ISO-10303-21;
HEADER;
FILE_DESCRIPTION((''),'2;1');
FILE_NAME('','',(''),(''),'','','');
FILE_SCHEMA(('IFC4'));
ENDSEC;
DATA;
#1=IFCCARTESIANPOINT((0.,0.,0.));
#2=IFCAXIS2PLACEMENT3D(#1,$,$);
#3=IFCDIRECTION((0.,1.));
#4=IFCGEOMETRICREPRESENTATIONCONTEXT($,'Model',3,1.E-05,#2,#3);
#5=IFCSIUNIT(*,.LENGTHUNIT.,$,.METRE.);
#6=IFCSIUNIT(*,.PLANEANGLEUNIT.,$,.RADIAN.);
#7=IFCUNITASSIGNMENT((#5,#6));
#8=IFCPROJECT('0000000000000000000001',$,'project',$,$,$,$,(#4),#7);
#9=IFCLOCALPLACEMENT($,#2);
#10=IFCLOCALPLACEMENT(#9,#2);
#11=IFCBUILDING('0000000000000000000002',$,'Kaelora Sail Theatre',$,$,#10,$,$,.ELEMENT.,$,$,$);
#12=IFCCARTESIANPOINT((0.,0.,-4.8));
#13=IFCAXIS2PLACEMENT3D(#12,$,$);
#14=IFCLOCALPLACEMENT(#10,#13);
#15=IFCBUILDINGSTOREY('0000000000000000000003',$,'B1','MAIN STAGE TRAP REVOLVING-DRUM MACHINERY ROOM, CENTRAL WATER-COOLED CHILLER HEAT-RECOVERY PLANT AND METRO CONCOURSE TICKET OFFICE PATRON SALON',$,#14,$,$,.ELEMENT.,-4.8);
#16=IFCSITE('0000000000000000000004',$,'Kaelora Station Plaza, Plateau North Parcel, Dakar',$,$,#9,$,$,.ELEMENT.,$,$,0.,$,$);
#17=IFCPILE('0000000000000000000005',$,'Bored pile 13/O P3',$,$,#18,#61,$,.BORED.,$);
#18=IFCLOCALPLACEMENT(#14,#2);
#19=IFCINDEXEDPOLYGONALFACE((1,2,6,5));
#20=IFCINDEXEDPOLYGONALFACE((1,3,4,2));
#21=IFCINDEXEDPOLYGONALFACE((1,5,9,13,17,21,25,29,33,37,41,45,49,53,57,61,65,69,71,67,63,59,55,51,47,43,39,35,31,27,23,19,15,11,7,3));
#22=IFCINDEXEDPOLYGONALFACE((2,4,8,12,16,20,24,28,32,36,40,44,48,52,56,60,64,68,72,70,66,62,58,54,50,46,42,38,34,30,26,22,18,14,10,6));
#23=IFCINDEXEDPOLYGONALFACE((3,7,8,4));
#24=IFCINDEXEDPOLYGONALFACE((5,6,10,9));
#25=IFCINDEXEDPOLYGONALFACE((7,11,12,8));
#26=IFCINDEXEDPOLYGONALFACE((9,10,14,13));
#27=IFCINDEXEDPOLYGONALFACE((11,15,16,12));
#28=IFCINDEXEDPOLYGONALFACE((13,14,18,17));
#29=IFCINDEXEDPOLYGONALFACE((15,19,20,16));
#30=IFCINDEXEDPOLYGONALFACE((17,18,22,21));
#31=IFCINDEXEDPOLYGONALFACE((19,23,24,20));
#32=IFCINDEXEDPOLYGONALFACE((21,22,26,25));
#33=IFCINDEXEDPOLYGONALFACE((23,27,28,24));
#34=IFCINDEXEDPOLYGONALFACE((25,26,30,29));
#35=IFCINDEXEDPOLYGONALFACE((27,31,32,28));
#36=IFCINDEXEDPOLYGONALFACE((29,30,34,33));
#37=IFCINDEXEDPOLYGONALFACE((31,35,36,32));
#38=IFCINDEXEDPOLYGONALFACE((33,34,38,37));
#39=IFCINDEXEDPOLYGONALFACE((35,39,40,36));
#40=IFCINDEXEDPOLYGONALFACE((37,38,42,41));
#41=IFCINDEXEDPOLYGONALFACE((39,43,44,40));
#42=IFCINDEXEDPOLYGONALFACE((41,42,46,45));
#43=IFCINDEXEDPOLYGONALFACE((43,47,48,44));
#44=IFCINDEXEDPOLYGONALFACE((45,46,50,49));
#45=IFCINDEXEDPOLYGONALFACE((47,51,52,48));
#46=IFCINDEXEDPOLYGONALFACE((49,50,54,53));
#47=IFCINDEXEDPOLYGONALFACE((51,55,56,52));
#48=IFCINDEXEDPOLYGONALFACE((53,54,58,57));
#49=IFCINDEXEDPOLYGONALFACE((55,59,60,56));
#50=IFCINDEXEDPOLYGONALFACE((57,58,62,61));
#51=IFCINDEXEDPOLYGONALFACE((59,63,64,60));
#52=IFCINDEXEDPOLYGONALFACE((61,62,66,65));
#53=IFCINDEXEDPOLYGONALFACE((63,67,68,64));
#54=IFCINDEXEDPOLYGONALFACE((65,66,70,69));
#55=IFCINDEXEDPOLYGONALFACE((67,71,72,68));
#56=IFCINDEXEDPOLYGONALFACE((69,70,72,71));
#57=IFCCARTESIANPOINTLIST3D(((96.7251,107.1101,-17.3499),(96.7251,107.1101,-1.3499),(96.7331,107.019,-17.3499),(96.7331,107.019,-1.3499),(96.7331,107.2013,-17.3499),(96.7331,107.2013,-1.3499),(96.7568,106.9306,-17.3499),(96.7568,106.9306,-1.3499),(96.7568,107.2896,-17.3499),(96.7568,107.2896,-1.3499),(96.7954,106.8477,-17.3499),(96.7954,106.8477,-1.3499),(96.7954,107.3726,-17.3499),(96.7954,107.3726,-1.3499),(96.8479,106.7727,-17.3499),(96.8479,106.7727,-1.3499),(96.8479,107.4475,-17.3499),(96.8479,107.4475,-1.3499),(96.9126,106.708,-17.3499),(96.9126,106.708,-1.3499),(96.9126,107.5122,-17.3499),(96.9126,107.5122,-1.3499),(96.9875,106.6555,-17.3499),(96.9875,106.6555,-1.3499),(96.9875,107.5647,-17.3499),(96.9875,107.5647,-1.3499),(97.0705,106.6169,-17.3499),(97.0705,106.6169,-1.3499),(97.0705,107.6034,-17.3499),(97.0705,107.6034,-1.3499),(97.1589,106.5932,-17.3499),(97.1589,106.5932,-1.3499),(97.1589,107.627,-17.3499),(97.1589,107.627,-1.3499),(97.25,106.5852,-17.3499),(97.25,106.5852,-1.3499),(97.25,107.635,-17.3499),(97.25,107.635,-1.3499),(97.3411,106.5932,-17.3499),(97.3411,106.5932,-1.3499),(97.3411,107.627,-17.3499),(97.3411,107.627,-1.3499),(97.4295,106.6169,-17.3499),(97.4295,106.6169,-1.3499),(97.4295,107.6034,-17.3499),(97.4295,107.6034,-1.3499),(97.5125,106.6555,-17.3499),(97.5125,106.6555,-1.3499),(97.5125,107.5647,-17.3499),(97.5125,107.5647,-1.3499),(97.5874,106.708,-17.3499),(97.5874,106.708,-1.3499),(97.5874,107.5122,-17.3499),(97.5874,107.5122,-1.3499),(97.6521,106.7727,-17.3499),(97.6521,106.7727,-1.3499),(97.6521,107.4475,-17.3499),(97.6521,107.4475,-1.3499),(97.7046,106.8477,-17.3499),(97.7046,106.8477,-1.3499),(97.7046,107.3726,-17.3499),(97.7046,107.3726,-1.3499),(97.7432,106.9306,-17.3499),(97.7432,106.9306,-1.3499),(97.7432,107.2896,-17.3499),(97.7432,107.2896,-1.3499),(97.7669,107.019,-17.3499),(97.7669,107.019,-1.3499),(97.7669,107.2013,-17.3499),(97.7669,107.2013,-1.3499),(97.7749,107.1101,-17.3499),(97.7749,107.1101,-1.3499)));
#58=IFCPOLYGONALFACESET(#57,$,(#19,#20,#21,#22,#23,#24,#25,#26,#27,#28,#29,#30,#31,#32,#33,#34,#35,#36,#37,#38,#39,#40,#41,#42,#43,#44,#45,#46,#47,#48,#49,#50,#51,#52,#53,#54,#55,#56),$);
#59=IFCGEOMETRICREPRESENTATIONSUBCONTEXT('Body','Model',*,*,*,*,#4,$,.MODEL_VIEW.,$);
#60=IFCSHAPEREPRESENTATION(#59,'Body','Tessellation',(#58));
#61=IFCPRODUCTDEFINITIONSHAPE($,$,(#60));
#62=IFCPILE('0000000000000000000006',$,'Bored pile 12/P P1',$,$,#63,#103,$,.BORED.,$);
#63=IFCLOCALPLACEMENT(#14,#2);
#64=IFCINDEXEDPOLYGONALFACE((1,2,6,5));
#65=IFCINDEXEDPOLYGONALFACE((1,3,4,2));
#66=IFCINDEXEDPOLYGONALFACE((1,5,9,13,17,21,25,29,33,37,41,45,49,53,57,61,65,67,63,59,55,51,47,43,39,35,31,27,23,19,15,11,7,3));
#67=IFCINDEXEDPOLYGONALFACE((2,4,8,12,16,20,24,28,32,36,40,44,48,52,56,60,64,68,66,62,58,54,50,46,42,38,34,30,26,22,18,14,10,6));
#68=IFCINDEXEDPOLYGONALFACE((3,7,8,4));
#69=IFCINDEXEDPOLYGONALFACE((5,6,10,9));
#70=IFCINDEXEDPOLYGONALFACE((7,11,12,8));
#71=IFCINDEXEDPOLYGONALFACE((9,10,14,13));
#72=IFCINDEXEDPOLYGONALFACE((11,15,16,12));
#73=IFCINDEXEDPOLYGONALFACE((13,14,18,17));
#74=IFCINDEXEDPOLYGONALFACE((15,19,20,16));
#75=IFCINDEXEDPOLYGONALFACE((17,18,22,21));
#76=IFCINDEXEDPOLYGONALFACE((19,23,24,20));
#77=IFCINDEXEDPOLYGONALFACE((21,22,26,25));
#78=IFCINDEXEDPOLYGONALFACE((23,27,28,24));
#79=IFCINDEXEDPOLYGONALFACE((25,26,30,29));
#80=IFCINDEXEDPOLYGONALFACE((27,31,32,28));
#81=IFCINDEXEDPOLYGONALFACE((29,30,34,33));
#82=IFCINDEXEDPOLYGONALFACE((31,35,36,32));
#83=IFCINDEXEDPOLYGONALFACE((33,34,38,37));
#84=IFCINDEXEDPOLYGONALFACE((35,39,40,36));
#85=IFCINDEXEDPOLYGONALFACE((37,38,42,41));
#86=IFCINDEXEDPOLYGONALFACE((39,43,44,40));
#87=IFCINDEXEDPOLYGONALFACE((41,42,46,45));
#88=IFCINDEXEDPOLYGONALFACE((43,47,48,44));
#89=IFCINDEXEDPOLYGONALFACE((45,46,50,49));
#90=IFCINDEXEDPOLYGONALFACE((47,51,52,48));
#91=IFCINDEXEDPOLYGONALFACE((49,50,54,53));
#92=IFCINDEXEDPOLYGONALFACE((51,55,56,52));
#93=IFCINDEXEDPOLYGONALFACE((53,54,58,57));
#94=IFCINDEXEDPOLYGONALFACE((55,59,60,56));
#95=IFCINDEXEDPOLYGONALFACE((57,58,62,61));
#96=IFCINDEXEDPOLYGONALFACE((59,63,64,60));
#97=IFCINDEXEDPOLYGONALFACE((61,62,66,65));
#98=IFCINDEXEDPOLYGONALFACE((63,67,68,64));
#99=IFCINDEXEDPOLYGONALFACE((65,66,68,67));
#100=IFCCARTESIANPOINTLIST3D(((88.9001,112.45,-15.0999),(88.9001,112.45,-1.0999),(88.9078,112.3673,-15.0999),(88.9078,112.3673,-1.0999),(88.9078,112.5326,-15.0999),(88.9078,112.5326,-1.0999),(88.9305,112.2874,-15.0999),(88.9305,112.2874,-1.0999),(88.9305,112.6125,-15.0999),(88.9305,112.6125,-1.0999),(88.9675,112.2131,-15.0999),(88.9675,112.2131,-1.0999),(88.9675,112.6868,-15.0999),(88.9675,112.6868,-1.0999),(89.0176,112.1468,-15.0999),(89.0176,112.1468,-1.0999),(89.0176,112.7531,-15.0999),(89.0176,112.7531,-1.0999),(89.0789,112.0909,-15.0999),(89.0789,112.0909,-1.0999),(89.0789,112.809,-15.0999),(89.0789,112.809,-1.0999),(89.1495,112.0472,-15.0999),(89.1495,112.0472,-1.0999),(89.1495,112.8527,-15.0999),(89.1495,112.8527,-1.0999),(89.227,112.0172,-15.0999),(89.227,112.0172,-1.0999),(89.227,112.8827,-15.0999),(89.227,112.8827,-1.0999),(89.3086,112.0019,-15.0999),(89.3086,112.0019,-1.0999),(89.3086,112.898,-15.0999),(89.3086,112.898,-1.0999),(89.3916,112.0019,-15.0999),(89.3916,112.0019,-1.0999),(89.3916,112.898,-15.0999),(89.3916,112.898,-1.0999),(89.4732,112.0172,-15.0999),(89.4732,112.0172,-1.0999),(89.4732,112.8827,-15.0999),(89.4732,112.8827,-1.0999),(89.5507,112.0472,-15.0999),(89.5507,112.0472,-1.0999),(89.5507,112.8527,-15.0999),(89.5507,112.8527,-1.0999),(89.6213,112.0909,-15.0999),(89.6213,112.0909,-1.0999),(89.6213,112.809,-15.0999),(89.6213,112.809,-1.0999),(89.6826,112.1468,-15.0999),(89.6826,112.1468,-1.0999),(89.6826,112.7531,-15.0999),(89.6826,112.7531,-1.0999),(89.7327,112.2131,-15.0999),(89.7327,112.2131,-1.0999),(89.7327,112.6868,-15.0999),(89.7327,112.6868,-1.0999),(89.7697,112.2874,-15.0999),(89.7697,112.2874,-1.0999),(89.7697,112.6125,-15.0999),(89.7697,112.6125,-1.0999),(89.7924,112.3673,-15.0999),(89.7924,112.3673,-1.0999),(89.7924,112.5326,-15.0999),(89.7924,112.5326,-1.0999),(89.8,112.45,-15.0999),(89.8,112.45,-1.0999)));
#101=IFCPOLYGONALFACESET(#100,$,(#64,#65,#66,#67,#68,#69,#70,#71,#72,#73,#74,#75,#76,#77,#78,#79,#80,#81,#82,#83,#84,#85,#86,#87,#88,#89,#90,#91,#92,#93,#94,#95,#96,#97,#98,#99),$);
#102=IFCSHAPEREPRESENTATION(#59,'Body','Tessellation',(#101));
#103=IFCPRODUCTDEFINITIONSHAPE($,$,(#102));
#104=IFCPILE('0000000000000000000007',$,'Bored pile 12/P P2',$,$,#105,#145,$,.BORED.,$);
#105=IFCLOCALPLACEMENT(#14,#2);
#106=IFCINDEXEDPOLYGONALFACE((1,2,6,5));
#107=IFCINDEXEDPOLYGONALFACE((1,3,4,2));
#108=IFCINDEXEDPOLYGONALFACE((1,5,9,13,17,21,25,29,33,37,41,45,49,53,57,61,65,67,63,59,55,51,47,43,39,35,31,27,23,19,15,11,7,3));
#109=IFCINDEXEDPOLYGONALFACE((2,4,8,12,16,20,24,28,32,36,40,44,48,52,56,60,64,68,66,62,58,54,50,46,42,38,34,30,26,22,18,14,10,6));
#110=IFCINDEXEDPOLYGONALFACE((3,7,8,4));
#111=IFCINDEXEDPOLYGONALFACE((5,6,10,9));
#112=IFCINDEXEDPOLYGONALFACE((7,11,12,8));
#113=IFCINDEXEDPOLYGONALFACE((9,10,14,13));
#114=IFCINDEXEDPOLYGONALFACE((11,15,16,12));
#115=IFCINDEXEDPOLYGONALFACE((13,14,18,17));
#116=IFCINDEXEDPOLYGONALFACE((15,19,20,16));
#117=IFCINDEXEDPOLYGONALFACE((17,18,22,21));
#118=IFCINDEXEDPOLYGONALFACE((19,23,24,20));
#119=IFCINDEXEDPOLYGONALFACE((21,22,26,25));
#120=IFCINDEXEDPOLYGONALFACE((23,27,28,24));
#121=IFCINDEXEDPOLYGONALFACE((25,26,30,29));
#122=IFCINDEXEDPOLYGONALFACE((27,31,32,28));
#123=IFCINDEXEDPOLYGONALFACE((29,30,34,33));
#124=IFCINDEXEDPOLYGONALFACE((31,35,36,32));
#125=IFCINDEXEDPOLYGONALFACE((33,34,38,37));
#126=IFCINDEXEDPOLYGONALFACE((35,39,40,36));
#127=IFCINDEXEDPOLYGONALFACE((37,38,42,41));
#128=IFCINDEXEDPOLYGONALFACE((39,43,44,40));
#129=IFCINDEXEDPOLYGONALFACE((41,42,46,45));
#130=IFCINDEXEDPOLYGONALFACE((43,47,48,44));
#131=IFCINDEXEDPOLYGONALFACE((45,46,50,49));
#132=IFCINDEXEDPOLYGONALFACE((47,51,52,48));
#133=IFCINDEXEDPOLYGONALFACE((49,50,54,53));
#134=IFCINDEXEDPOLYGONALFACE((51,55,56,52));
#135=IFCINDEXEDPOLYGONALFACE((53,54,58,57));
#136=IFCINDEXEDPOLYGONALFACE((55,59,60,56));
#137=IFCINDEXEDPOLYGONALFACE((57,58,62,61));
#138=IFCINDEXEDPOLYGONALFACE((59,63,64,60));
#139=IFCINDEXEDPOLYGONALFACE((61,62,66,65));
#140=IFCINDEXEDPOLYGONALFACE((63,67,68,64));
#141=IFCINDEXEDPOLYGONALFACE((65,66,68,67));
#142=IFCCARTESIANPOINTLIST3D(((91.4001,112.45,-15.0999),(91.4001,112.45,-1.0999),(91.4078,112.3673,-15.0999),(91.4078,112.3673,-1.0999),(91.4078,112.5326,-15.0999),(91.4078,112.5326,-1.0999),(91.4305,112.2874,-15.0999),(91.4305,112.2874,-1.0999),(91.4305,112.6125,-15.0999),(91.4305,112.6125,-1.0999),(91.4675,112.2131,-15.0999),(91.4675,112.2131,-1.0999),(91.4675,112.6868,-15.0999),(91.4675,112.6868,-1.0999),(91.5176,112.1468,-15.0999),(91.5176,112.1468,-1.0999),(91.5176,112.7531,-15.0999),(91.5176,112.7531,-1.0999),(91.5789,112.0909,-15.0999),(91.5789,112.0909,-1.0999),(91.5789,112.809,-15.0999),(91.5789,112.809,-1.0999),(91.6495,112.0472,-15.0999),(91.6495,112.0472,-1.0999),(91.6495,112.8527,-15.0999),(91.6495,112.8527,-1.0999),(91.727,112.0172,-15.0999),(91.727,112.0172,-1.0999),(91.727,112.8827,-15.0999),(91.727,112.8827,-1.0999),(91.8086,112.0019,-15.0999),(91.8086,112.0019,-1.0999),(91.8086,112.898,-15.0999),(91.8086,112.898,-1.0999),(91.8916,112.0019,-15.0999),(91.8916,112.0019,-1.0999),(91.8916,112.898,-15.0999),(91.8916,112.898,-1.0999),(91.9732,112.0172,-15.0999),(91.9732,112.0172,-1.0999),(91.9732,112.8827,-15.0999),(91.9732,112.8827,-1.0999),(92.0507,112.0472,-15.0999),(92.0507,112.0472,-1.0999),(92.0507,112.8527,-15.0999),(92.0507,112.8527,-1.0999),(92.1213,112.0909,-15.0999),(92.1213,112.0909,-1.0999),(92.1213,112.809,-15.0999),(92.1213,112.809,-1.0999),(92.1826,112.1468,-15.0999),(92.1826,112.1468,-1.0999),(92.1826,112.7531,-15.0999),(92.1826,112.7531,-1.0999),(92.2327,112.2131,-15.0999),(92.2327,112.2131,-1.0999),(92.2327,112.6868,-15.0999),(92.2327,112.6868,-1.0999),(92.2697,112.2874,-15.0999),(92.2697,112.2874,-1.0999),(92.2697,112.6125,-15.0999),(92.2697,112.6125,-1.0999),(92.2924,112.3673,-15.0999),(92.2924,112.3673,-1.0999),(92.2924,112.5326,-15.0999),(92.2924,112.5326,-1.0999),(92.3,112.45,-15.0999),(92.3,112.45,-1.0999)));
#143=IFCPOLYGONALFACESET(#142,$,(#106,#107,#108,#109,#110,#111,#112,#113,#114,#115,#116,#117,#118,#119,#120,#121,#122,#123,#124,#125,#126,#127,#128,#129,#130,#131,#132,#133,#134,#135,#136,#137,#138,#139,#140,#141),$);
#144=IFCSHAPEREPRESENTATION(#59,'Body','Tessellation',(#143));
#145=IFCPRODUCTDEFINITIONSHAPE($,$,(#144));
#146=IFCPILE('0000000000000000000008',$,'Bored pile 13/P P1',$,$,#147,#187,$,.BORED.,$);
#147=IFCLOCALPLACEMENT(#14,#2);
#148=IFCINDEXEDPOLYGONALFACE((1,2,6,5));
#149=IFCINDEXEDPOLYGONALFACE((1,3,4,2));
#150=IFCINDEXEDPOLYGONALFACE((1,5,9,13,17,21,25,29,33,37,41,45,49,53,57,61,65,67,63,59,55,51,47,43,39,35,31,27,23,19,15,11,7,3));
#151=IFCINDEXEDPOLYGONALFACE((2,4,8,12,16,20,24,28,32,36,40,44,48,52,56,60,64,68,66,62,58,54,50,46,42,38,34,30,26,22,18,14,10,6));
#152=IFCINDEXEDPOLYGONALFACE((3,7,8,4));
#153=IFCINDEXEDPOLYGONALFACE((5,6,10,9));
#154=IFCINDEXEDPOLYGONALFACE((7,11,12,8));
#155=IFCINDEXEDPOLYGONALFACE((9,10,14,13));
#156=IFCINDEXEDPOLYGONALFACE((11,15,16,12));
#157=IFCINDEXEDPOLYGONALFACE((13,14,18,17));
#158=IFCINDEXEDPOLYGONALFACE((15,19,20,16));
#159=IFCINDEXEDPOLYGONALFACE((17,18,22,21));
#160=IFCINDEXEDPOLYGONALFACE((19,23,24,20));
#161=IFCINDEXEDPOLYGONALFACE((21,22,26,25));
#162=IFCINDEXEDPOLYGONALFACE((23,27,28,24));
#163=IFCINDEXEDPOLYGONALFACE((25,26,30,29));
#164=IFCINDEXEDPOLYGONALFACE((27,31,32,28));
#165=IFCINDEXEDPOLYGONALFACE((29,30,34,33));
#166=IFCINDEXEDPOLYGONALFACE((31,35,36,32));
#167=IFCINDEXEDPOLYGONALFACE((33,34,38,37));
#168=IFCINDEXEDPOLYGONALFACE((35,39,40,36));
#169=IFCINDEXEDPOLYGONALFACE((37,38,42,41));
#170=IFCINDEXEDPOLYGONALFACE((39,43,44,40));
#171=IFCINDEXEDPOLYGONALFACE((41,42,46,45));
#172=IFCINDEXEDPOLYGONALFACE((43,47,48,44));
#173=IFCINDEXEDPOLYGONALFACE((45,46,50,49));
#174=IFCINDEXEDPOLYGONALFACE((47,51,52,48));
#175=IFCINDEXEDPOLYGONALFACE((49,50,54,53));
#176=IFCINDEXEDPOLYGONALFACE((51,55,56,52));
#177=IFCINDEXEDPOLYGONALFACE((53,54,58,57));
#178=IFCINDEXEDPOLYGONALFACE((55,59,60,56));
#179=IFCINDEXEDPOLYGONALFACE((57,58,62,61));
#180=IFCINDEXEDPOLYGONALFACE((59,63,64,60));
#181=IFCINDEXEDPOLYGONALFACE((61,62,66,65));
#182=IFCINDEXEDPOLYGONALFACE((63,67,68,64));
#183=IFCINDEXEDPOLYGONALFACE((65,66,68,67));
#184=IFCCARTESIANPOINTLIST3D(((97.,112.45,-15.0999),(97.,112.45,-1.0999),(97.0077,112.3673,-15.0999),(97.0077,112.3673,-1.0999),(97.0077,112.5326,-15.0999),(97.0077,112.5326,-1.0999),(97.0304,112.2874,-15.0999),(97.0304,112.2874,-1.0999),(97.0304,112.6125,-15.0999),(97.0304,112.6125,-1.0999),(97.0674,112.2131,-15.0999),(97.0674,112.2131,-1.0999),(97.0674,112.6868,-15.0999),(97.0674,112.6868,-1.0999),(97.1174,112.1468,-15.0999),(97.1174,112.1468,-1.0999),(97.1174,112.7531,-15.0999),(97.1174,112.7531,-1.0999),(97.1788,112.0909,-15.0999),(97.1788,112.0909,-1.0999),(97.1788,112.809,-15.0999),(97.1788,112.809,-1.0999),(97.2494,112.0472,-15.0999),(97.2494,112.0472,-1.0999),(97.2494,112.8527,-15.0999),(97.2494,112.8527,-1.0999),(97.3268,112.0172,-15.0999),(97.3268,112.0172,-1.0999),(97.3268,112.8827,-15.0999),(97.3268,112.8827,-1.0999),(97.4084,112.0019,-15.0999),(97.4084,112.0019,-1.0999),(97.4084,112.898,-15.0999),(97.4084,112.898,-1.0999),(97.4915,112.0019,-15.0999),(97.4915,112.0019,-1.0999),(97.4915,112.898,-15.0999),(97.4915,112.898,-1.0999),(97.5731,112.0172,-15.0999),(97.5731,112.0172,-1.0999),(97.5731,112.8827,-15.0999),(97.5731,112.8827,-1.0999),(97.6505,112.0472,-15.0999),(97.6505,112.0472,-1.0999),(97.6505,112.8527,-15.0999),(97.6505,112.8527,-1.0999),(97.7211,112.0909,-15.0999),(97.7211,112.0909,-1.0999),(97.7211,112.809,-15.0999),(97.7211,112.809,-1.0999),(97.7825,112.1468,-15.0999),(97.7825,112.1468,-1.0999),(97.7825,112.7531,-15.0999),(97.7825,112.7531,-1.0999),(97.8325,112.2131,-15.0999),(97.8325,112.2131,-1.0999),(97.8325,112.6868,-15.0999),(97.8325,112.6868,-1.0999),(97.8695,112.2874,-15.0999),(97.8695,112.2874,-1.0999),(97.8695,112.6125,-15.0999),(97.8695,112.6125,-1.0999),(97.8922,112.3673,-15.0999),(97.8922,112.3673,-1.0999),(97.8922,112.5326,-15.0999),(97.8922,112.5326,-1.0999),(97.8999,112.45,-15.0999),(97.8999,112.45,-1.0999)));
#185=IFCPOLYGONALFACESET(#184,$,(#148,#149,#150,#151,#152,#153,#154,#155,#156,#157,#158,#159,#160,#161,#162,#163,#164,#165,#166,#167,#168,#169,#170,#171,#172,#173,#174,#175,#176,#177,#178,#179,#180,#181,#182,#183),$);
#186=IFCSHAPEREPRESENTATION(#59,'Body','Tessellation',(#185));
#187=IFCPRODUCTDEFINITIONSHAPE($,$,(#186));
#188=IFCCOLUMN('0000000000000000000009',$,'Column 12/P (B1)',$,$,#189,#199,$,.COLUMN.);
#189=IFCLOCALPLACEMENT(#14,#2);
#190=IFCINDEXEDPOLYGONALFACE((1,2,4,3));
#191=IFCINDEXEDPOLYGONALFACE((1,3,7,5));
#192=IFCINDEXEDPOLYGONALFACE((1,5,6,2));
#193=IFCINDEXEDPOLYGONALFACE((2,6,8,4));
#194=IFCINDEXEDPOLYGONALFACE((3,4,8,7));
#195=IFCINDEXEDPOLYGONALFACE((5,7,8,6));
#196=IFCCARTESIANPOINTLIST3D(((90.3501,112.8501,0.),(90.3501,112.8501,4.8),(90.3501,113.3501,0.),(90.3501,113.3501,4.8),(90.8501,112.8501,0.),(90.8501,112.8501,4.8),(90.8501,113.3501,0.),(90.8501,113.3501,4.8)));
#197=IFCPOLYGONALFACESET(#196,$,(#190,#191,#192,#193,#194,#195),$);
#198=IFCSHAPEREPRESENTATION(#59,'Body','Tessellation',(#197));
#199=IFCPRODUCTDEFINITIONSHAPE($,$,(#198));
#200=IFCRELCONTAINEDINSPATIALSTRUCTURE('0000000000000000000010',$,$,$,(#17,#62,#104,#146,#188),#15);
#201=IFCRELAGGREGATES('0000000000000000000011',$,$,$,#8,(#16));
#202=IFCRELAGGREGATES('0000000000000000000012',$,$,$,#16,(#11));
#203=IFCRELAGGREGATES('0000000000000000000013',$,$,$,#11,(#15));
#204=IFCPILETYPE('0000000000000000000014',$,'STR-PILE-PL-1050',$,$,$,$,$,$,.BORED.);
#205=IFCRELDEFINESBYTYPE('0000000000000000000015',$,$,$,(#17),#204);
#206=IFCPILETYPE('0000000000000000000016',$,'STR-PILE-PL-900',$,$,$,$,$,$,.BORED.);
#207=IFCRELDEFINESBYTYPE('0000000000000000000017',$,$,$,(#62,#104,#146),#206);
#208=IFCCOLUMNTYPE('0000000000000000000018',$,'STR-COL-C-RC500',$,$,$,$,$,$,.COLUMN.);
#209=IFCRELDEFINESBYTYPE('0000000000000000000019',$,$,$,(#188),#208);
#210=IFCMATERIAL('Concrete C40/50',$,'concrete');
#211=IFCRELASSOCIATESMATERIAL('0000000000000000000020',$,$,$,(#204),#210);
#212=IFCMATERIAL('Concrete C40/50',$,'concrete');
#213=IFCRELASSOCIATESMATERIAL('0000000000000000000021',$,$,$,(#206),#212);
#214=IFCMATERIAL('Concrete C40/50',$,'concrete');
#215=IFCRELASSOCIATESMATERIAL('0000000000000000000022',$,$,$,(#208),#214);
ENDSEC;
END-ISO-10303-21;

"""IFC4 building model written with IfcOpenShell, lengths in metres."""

from ifc_helpers import new_model, si_unit, direction, frame, origin, origin_2d, place, context, subcontext, project, spatial, rectangle, circle, extrude, material, material_profile, profile_set, type_object, element, save


model = new_model("IFC4")

# Units and contexts
model_context = context("Model", 3, precision=1e-05, world=origin(), true_north=direction((0.0, 1.0)))
body_context = subcontext(model_context, "Body", "Model", "MODEL_VIEW")
ifc_project = project(units=[si_unit("LENGTHUNIT", "METRE"), si_unit("PLANEANGLEUNIT", "RADIAN")], contexts=[model_context])

# Site, building, storey
site_placement = place(None, origin())
site = spatial("IfcSite", under=ifc_project, at=site_placement, Name="Kaelora Station Plaza, Plateau North Parcel, Dakar", CompositionType="ELEMENT", RefElevation=0.0)
building_placement = place(site_placement, origin())
building = spatial("IfcBuilding", under=site, at=building_placement, Name="Kaelora Sail Theatre", CompositionType="ELEMENT")
storey_placement = place(building_placement, frame((0.0, 0.0, -4.8)))
storey = spatial("IfcBuildingStorey", under=building, at=storey_placement, Name="B1", Description="MAIN STAGE TRAP REVOLVING-DRUM MACHINERY ROOM, CENTRAL WATER-COOLED CHILLER HEAT-RECOVERY PLANT AND METRO CONCOURSE TICKET OFFICE PATRON SALON", CompositionType="ELEMENT", Elevation=-4.8)

# Piles
ifc_material_1 = material(Name="Concrete C40/50", Category="concrete")
ifc_material_profile_1 = material_profile(ifc_material_1, circle(Radius=0.5249, at=origin_2d()), Name="PILE D1050")
ifc_profile_set_1 = profile_set([ifc_material_profile_1], Name="Concrete C40/50")
pile_type_1 = type_object("IfcPileType", Name="STR-PILE-PL-1050", PredefinedType="BORED", material=ifc_profile_set_1)
for number, where, z_axis, x_axis, name in (
    (1, (97.25, 107.1101, -1.3499), (0.0, 0.0, -1.0), (1.0, 0.0, 0.0), "Bored pile 13/O P3"),
):
    element("IfcPile", number, at=place(storey_placement, frame(where, z_axis=z_axis, x_axis=x_axis)), inside=storey, type_object=pile_type_1, Name=name, PredefinedType="BORED", context=body_context, shape_type="SweptSolid", body=[
        extrude(circle(Radius=0.5249, at=origin_2d()), origin(), (0.0, 0.0, 1.0), 16.0),
    ])
ifc_material_2 = material(Name="Concrete C40/50", Category="concrete")
ifc_material_profile_2 = material_profile(ifc_material_2, circle(Radius=0.45, at=origin_2d()), Name="PILE D900")
ifc_profile_set_2 = profile_set([ifc_material_profile_2], Name="Concrete C40/50")
pile_type_2 = type_object("IfcPileType", Name="STR-PILE-PL-900", PredefinedType="BORED", material=ifc_profile_set_2)
for number, where, z_axis, x_axis, name in (
    (2, (89.3501, 112.45, -1.0999), (0.0, 0.0, -1.0), (1.0, 0.0, 0.0), "Bored pile 12/P P1"),
    (3, (91.8501, 112.45, -1.0999), (0.0, 0.0, -1.0), (1.0, 0.0, 0.0), "Bored pile 12/P P2"),
    (4, (97.45, 112.45, -1.0999), (0.0, 0.0, -1.0), (1.0, 0.0, 0.0), "Bored pile 13/P P1"),
):
    element("IfcPile", number, at=place(storey_placement, frame(where, z_axis=z_axis, x_axis=x_axis)), inside=storey, type_object=pile_type_2, Name=name, PredefinedType="BORED", context=body_context, shape_type="SweptSolid", body=[
        extrude(circle(Radius=0.45, at=origin_2d()), origin(), (0.0, 0.0, 1.0), 14.0),
    ])

# Column
ifc_material_3 = material(Name="Concrete C40/50", Category="concrete")
ifc_material_profile_3 = material_profile(ifc_material_3, rectangle(XDim=0.5, YDim=0.5, at=origin_2d()), Name="RC-COL 500x500")
ifc_profile_set_3 = profile_set([ifc_material_profile_3], Name="Concrete C40/50")
column_type_1 = type_object("IfcColumnType", Name="STR-COL-C-RC500", PredefinedType="COLUMN", material=ifc_profile_set_3)
column_1_placement = place(storey_placement, frame((90.6001, 113.1001, 0.0), z_axis=(0.0, 0.0, 1.0), x_axis=(1.0, 0.0, 0.0)))
element("IfcColumn", 5, at=column_1_placement, inside=storey, type_object=column_type_1, Name="Column 12/P (B1)", PredefinedType="COLUMN", context=body_context, shape_type="SweptSolid", body=[
    extrude(rectangle(XDim=0.5, YDim=0.5, at=origin_2d()), origin(), (0.0, 0.0, 1.0), 4.8),
])

save(model, "model.ifc")
